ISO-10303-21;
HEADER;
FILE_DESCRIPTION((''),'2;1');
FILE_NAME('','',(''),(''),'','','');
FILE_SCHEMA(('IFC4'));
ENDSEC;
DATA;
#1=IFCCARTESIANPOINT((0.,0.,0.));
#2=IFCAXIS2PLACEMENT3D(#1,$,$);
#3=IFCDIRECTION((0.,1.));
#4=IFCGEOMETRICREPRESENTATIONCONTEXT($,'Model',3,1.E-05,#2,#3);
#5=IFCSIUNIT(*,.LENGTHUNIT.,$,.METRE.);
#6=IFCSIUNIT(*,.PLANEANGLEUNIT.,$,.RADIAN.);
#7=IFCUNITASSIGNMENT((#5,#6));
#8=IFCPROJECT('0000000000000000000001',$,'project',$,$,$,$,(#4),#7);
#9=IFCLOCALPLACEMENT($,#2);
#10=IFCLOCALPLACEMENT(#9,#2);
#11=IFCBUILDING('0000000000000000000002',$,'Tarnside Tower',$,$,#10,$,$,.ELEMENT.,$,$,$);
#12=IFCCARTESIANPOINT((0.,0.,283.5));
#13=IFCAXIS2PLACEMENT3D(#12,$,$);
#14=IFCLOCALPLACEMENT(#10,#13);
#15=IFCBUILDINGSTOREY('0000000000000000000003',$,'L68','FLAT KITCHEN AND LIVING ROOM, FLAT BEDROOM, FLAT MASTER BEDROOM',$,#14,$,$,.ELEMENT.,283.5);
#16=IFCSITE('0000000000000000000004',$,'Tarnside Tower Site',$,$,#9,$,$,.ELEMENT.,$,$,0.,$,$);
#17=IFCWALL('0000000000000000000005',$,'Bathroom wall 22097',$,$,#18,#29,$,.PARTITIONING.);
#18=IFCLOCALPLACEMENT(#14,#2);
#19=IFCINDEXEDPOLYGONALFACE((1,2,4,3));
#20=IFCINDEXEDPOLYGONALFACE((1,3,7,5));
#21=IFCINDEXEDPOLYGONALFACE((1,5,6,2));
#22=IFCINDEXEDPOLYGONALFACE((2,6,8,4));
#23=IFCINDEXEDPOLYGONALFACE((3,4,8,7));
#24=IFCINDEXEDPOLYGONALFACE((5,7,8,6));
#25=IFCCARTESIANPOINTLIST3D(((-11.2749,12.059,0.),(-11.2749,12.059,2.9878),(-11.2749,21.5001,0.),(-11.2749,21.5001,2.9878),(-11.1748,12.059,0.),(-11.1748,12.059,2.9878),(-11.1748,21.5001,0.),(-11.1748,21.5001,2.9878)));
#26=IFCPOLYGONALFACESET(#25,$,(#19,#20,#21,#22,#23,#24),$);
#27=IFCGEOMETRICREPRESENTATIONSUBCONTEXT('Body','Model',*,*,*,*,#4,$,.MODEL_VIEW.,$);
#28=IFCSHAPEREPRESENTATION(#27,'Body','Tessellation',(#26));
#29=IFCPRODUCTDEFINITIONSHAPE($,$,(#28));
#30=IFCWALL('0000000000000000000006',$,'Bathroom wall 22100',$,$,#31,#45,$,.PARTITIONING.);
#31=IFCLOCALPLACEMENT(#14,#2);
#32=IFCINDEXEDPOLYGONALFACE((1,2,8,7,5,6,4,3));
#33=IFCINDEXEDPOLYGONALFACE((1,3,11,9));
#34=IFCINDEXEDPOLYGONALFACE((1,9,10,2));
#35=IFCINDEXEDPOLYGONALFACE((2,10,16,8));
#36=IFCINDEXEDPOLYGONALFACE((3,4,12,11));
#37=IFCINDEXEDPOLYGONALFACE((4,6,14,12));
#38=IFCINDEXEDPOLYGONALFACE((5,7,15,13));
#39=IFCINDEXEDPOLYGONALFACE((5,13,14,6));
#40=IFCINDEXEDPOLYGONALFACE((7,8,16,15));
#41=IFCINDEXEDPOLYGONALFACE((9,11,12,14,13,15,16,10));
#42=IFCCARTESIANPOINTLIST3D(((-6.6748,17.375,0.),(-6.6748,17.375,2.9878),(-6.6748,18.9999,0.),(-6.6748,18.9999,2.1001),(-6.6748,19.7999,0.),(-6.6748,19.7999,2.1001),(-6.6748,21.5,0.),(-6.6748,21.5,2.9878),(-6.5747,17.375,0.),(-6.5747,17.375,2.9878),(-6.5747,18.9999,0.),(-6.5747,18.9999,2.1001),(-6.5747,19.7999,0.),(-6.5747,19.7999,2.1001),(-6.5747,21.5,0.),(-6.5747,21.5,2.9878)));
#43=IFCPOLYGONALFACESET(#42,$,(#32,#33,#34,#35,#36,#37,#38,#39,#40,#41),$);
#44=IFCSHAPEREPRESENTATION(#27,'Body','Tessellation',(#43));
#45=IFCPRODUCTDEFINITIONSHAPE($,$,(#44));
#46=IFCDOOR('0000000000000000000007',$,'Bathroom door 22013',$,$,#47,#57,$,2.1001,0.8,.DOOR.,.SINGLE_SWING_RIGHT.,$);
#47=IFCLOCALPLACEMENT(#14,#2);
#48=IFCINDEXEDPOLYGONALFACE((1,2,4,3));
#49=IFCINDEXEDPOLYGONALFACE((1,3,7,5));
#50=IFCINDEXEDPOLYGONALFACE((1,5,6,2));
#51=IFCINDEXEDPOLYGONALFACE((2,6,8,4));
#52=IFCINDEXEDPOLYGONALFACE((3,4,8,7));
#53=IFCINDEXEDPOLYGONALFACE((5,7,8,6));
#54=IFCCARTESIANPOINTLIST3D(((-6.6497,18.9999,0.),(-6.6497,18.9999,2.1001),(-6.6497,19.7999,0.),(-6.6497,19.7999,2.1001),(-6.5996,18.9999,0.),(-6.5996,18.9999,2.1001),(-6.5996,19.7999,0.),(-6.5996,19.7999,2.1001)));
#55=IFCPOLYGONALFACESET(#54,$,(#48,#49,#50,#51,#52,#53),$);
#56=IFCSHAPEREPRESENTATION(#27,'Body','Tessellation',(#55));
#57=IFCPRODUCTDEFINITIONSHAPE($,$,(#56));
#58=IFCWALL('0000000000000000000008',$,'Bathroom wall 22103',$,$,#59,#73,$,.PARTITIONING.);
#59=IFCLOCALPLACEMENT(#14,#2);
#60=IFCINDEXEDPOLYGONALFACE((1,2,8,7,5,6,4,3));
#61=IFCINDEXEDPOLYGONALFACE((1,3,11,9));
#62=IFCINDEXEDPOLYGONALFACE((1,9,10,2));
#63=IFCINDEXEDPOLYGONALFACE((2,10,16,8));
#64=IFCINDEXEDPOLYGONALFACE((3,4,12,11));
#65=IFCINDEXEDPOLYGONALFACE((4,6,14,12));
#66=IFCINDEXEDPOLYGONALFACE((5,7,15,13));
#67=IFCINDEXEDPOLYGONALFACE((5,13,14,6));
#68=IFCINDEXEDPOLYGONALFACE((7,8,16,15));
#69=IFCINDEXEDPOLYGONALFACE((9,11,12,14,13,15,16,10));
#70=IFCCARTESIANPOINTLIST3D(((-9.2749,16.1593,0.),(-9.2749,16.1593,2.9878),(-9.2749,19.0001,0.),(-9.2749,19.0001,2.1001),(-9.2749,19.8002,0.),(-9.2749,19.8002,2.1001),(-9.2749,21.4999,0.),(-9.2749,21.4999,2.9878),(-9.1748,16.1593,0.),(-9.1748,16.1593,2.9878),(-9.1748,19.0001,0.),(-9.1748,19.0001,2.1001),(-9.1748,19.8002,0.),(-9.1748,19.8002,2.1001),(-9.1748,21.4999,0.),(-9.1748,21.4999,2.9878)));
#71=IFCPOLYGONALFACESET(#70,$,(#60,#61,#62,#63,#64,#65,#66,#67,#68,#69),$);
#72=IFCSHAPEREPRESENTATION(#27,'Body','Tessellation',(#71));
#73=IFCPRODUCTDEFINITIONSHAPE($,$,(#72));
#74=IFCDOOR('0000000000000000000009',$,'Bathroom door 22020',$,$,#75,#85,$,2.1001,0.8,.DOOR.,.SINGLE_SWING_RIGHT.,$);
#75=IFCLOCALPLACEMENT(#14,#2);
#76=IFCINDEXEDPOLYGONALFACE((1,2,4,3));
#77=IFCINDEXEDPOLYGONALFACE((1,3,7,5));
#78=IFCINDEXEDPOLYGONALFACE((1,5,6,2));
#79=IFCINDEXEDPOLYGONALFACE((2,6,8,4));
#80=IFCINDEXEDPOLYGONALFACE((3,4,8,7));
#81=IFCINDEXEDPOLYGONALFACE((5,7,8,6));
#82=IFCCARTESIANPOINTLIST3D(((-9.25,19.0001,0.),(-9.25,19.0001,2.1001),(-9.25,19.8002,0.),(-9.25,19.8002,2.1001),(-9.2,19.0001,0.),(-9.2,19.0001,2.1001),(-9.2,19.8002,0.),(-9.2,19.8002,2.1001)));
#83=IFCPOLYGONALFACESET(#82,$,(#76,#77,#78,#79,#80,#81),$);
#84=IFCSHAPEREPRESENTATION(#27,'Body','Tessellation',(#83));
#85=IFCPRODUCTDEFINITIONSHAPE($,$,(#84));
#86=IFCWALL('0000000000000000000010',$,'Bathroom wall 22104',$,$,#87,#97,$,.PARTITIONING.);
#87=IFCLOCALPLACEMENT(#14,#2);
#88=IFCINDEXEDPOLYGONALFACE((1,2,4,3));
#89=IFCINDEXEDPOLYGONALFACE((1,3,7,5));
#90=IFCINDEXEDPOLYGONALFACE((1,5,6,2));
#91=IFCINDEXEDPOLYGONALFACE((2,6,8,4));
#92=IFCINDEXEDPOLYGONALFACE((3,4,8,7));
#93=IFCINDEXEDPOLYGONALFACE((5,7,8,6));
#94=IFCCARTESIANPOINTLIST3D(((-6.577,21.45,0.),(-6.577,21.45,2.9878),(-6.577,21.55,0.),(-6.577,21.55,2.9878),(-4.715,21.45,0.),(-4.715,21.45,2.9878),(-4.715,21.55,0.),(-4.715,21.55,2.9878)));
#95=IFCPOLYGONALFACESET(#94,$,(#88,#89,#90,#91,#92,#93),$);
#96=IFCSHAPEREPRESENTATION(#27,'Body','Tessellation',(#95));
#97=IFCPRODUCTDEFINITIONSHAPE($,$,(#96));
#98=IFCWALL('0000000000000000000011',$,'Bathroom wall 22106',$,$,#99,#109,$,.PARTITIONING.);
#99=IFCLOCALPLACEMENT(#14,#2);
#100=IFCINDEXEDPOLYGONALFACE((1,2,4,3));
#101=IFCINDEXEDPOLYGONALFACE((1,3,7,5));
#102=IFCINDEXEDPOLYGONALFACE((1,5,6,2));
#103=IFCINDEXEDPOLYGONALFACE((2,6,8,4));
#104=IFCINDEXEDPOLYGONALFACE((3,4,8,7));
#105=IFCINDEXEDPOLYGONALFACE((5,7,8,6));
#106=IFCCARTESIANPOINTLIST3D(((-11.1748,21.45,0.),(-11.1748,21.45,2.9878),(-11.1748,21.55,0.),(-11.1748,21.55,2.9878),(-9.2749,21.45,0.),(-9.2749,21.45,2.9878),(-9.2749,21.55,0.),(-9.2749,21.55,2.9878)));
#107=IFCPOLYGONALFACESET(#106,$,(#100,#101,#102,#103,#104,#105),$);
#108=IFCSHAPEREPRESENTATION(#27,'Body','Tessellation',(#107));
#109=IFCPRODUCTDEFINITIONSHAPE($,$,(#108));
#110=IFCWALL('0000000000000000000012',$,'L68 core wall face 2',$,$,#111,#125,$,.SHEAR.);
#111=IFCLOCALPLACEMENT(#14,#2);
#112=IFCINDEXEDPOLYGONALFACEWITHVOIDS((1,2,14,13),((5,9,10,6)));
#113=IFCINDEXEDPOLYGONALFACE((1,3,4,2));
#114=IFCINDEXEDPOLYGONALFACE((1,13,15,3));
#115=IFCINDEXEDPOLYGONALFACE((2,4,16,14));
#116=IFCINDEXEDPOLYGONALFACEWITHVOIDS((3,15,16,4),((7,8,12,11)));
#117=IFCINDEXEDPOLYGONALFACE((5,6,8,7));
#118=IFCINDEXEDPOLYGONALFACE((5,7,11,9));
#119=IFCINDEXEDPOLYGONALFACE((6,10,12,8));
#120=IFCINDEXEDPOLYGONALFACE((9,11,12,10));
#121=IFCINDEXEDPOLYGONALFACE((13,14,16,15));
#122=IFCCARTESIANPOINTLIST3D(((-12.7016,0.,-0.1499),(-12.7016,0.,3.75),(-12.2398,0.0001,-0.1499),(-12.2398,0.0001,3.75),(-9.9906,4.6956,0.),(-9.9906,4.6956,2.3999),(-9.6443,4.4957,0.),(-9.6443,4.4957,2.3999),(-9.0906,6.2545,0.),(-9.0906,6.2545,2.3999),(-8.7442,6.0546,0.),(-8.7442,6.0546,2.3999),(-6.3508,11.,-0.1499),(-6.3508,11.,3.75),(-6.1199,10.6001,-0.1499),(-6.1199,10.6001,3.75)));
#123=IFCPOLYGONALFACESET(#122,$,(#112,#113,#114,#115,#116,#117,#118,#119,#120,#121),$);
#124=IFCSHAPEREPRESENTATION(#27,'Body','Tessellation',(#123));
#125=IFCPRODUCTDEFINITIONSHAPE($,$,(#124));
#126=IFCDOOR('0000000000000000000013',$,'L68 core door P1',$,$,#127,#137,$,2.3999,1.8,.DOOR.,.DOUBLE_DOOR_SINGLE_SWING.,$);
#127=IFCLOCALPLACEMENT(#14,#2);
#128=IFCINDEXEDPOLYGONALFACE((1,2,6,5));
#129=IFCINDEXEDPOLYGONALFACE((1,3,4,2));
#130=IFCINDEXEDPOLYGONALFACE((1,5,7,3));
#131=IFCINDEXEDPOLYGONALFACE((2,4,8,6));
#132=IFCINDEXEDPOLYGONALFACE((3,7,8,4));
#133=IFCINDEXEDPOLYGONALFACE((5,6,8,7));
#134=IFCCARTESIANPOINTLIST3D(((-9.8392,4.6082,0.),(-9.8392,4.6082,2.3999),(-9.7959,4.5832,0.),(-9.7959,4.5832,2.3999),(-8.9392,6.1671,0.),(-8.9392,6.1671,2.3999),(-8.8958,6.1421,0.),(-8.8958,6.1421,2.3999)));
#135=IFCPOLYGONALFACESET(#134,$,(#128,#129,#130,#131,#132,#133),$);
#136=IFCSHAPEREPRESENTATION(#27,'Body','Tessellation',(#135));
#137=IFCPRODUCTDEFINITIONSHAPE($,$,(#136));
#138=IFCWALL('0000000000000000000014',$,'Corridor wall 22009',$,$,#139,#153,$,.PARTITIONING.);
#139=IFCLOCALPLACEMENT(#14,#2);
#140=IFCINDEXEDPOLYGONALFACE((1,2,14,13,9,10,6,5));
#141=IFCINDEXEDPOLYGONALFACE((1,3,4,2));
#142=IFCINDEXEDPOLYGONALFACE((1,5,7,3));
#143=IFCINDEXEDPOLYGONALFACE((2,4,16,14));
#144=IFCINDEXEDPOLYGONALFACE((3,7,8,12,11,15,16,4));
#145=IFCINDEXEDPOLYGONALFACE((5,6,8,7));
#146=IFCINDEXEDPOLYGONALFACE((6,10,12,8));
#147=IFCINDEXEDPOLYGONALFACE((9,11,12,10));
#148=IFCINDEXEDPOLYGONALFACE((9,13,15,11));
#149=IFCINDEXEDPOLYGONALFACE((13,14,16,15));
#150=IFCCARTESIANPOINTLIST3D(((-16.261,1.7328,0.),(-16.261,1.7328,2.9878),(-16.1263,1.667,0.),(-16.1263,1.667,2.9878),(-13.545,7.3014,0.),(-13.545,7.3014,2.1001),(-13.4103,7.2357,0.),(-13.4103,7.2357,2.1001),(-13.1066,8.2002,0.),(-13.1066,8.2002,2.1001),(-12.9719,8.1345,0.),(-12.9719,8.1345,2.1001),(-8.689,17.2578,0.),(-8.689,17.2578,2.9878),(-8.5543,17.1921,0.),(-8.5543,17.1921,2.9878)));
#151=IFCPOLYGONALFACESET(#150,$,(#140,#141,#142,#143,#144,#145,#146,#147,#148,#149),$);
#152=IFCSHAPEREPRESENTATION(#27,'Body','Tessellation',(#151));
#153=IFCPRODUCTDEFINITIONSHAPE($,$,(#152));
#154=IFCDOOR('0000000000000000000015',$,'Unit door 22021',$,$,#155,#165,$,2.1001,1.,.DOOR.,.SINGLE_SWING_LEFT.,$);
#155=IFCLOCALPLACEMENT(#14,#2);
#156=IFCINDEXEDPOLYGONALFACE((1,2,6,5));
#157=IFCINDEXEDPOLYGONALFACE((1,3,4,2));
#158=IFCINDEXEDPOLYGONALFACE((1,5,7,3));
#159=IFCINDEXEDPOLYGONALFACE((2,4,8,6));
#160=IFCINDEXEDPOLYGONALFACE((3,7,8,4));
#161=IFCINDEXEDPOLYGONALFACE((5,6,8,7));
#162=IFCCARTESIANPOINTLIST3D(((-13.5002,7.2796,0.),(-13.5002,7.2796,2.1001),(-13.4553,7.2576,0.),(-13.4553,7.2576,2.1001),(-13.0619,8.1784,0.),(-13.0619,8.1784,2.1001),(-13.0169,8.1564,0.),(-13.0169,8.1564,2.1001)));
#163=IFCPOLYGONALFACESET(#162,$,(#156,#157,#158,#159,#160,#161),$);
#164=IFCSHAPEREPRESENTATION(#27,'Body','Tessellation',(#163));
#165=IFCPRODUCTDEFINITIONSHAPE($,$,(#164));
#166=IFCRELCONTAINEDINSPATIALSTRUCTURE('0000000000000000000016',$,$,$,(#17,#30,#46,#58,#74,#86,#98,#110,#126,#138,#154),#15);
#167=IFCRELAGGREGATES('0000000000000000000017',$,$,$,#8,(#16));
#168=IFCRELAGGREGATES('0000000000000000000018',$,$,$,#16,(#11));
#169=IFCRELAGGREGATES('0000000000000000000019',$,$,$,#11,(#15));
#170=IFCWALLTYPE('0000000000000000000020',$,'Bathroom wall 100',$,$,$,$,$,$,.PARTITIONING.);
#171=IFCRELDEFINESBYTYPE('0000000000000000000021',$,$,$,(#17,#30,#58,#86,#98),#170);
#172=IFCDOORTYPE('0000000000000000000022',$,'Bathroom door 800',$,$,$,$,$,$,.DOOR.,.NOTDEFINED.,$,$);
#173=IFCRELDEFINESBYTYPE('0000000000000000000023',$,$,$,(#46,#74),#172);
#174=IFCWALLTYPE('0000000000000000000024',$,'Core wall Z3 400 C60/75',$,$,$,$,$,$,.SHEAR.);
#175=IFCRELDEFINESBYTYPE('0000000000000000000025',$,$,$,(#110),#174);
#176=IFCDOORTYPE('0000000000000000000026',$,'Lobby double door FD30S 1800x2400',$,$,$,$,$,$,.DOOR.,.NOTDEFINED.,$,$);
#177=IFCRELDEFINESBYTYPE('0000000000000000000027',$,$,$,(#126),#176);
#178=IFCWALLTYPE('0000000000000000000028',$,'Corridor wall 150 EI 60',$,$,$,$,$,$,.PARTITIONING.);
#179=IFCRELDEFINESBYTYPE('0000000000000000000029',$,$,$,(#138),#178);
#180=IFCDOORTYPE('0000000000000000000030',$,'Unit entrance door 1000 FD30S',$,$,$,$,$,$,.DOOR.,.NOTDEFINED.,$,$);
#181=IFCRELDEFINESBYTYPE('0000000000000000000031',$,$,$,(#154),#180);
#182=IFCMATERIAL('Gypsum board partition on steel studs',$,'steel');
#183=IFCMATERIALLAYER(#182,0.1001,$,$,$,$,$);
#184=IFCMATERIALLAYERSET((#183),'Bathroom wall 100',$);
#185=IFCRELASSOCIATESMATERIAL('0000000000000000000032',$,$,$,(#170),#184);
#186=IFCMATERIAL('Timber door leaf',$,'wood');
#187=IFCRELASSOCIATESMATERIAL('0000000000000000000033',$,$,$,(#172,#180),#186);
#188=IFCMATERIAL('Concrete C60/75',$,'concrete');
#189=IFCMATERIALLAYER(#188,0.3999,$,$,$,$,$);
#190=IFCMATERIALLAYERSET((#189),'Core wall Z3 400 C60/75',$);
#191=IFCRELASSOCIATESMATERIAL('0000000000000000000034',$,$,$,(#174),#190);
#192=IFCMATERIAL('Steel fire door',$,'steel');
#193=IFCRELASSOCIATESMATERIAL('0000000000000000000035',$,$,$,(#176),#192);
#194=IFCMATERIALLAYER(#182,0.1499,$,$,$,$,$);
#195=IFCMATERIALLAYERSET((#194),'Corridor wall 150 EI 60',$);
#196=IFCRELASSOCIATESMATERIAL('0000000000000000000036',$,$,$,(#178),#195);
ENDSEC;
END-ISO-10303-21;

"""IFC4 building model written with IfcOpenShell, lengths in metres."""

from ifc_helpers import new_model, si_unit, direction, frame, frame_2d, origin, place, context, subcontext, project, spatial, polyline, rectangle, outline, extrude, material, layer, layer_set, type_object, element, fill, save


model = new_model("IFC4")

# Units and contexts
model_context = context("Model", 3, precision=1e-05, world=origin(), true_north=direction((0.0, 1.0)))
body_context = subcontext(model_context, "Body", "Model", "MODEL_VIEW")
ifc_project = project(units=[si_unit("LENGTHUNIT", "METRE"), si_unit("PLANEANGLEUNIT", "RADIAN")], contexts=[model_context])

# Site, building, storey
site_placement = place(None, origin())
site = spatial("IfcSite", under=ifc_project, at=site_placement, Name="Tarnside Tower Site", CompositionType="ELEMENT", RefElevation=0.0)
building_placement = place(site_placement, origin())
building = spatial("IfcBuilding", under=site, at=building_placement, Name="Tarnside Tower", CompositionType="ELEMENT")
storey_placement = place(building_placement, frame((0.0, 0.0, 283.5)))
storey = spatial("IfcBuildingStorey", under=building, at=storey_placement, Name="L68", Description="FLAT KITCHEN AND LIVING ROOM, FLAT BEDROOM, FLAT MASTER BEDROOM", CompositionType="ELEMENT", Elevation=283.5)

# Wall
ifc_material_1 = material(Name="Gypsum board partition on steel studs", Category="steel")
ifc_layer_1 = layer(ifc_material_1, 0.1001)
ifc_layer_set_1 = layer_set([ifc_layer_1], Name="Bathroom wall 100")
wall_type_1 = type_object("IfcWallType", Name="Bathroom wall 100", PredefinedType="PARTITIONING", material=ifc_layer_set_1)
wall_1_placement = place(storey_placement, frame((-11.2249, 12.0588, 0.0), z_axis=(0.0, 0.0, 1.0), x_axis=(0.0, 1.0, 0.0)))
element("IfcWall", 1, at=wall_1_placement, inside=storey, type_object=wall_type_1, Name="Bathroom wall 22097", PredefinedType="PARTITIONING", context=body_context, shape_type="SweptSolid", body=[
    extrude(rectangle(XDim=9.4412, YDim=0.1001, at=frame_2d((4.7207, 0.0))), origin(), (0.0, 0.0, 1.0), 2.9878),
])

# Walls, openings, doors
wall_2_placement = place(storey_placement, frame((-6.6248, 17.375, 0.0), z_axis=(0.0, 0.0, 1.0), x_axis=(0.0, 1.0, 0.0)))
wall_2 = element("IfcWall", 2, at=wall_2_placement, inside=storey, type_object=wall_type_1, Name="Bathroom wall 22100", PredefinedType="PARTITIONING", context=body_context, shape_type="SweptSolid", body=[
    extrude(rectangle(XDim=4.125, YDim=0.1001, at=frame_2d((2.0625, 0.0))), origin(), (0.0, 0.0, 1.0), 2.9878),
])
opening_1_placement = place(wall_2_placement, frame((1.625, 0.0, 0.0)))
opening_1 = element("IfcOpeningElement", 3, at=opening_1_placement, cuts=wall_2, PredefinedType="OPENING", context=body_context, shape_type="SweptSolid", body=[
    extrude(rectangle(XDim=0.8, YDim=2.1001, at=frame_2d((0.3999, 1.05))), frame((0.0, 0.0601, 0.0), z_axis=(0.0, -1.0, 0.0), x_axis=(1.0, 0.0, 0.0)), (0.0, 0.0, 1.0), 0.1201),
])
ifc_material_2 = material(Name="Timber door leaf", Category="wood")
door_type_1 = type_object("IfcDoorType", Name="Bathroom door 800", OperationType="NOTDEFINED", PredefinedType="DOOR", material=ifc_material_2)
door_1_placement = place(opening_1_placement, origin())
door_1 = element("IfcDoor", 4, at=door_1_placement, inside=storey, type_object=door_type_1, Name="Bathroom door 22013", OperationType="SINGLE_SWING_RIGHT", OverallHeight=2.1001, OverallWidth=0.8, PredefinedType="DOOR", context=body_context, shape_type="SweptSolid", body=[
    extrude(rectangle(XDim=0.8, YDim=2.1001, at=frame_2d((0.3999, 1.05))), frame((0.0, 0.0249, 0.0), z_axis=(0.0, -1.0, 0.0), x_axis=(1.0, 0.0, 0.0)), (0.0, 0.0, 1.0), 0.05),
])
fill(opening_1, door_1)
wall_3_placement = place(storey_placement, frame((-9.2249, 21.5, 0.0), z_axis=(0.0, 0.0, 1.0), x_axis=(0.0, -1.0, 0.0)))
wall_3 = element("IfcWall", 5, at=wall_3_placement, inside=storey, type_object=wall_type_1, Name="Bathroom wall 22103", PredefinedType="PARTITIONING", context=body_context, shape_type="SweptSolid", body=[
    extrude(rectangle(XDim=5.3406, YDim=0.1001, at=frame_2d((2.6704, 0.0))), origin(), (0.0, 0.0, 1.0), 2.9878),
])
opening_2_placement = place(wall_3_placement, frame((1.7, 0.0, 0.0)))
opening_2 = element("IfcOpeningElement", 6, at=opening_2_placement, cuts=wall_3, PredefinedType="OPENING", context=body_context, shape_type="SweptSolid", body=[
    extrude(rectangle(XDim=0.8, YDim=2.1001, at=frame_2d((0.3999, 1.05))), frame((0.0, 0.0601, 0.0), z_axis=(0.0, -1.0, 0.0), x_axis=(1.0, 0.0, 0.0)), (0.0, 0.0, 1.0), 0.1201),
])
door_2_placement = place(opening_2_placement, origin())
door_2 = element("IfcDoor", 7, at=door_2_placement, inside=storey, type_object=door_type_1, Name="Bathroom door 22020", OperationType="SINGLE_SWING_RIGHT", OverallHeight=2.1001, OverallWidth=0.8, PredefinedType="DOOR", context=body_context, shape_type="SweptSolid", body=[
    extrude(rectangle(XDim=0.8, YDim=2.1001, at=frame_2d((0.3999, 1.05))), frame((0.0, 0.0249, 0.0), z_axis=(0.0, -1.0, 0.0), x_axis=(1.0, 0.0, 0.0)), (0.0, 0.0, 1.0), 0.05),
])
fill(opening_2, door_2)

# Walls
wall_4_placement = place(storey_placement, frame((-4.7148, 21.5, 0.0), z_axis=(0.0, 0.0, 1.0), x_axis=(-1.0, 0.0, 0.0)))
element("IfcWall", 8, at=wall_4_placement, inside=storey, type_object=wall_type_1, Name="Bathroom wall 22104", PredefinedType="PARTITIONING", context=body_context, shape_type="SweptSolid", body=[
    extrude(rectangle(XDim=1.8621, YDim=0.1001, at=frame_2d((0.9312, 0.0))), origin(), (0.0, 0.0, 1.0), 2.9878),
])
wall_5_placement = place(storey_placement, frame((-11.1748, 21.5, 0.0), z_axis=(0.0, 0.0, 1.0), x_axis=(1.0, 0.0, 0.0)))
element("IfcWall", 9, at=wall_5_placement, inside=storey, type_object=wall_type_1, Name="Bathroom wall 22106", PredefinedType="PARTITIONING", context=body_context, shape_type="SweptSolid", body=[
    extrude(rectangle(XDim=1.8999, YDim=0.1001, at=frame_2d((0.95, 0.0))), origin(), (0.0, 0.0, 1.0), 2.9878),
])

# Walls, openings, doors
ifc_material_3 = material(Name="Concrete C60/75", Category="concrete")
ifc_layer_2 = layer(ifc_material_3, 0.3999)
ifc_layer_set_2 = layer_set([ifc_layer_2], Name="Core wall Z3 400 C60/75")
wall_type_2 = type_object("IfcWallType", Name="Core wall Z3 400 C60/75", PredefinedType="SHEAR", material=ifc_layer_set_2)
wall_6_placement = place(storey_placement, frame((-6.2354, 10.8, -0.1499), z_axis=(0.0, 0.0, 1.0), x_axis=(-0.499996, -0.866027, 0.0)))
wall_6 = element("IfcWall", 10, at=wall_6_placement, inside=storey, type_object=wall_type_2, Name="L68 core wall face 2", PredefinedType="SHEAR", context=body_context, shape_type="SweptSolid", body=[
    extrude(outline(polyline([(-0.1155, -0.2), (12.5862, -0.2), (12.3552, 0.2), (0.1155, 0.2), (-0.1155, -0.2)])), origin(), (0.0, 0.0, 1.0), 3.8999),
])
opening_3_placement = place(wall_6_placement, frame((5.3643, 0.0, 0.1499)))
opening_3 = element("IfcOpeningElement", 11, at=opening_3_placement, cuts=wall_6, PredefinedType="OPENING", context=body_context, shape_type="SweptSolid", body=[
    extrude(rectangle(XDim=1.8, YDim=2.3999, at=frame_2d((0.8999, 1.2))), frame((0.0, 0.21, 0.0), z_axis=(0.0, -1.0, 0.0), x_axis=(1.0, 0.0, 0.0)), (0.0, 0.0, 1.0), 0.4199),
])
ifc_material_4 = material(Name="Steel fire door", Category="steel")
door_type_2 = type_object("IfcDoorType", Name="Lobby double door FD30S 1800x2400", OperationType="NOTDEFINED", PredefinedType="DOOR", material=ifc_material_4)
door_3_placement = place(opening_3_placement, origin())
door_3 = element("IfcDoor", 12, at=door_3_placement, inside=storey, type_object=door_type_2, Name="L68 core door P1", OperationType="DOUBLE_DOOR_SINGLE_SWING", OverallHeight=2.3999, OverallWidth=1.8, PredefinedType="DOOR", context=body_context, shape_type="SweptSolid", body=[
    extrude(rectangle(XDim=1.8, YDim=2.3999, at=frame_2d((0.8999, 1.2))), frame((0.0, 0.0249, 0.0), z_axis=(0.0, -1.0, 0.0), x_axis=(1.0, 0.0, 0.0)), (0.0, 0.0, 1.0), 0.05),
])
fill(opening_3, door_3)
ifc_layer_3 = layer(ifc_material_1, 0.1499)
ifc_layer_set_3 = layer_set([ifc_layer_3], Name="Corridor wall 150 EI 60")
wall_type_3 = type_object("IfcWallType", Name="Corridor wall 150 EI 60", PredefinedType="PARTITIONING", material=ifc_layer_set_3)
wall_7_placement = place(storey_placement, frame((-8.6216, 17.2251, 0.0), z_axis=(0.0, 0.0, 1.0), x_axis=(-0.438367, -0.898796, 0.0)))
wall_7 = element("IfcWall", 13, at=wall_7_placement, inside=storey, type_object=wall_type_3, Name="Corridor wall 22009", PredefinedType="PARTITIONING", context=body_context, shape_type="SweptSolid", body=[
    extrude(rectangle(XDim=17.2732, YDim=0.1499, at=frame_2d((8.6367, 0.0))), origin(), (0.0, 0.0, 1.0), 2.9878),
])
opening_4_placement = place(wall_7_placement, frame((10.0776, 0.0, 0.0)))
opening_4 = element("IfcOpeningElement", 14, at=opening_4_placement, cuts=wall_7, PredefinedType="OPENING", context=body_context, shape_type="SweptSolid", body=[
    extrude(rectangle(XDim=1.0, YDim=2.1001, at=frame_2d((0.5, 1.05))), frame((0.0, 0.085, 0.0), z_axis=(0.0, -1.0, 0.0), x_axis=(1.0, 0.0, 0.0)), (0.0, 0.0, 1.0), 0.1699),
])
door_type_3 = type_object("IfcDoorType", Name="Unit entrance door 1000 FD30S", OperationType="NOTDEFINED", PredefinedType="DOOR", material=ifc_material_2)
door_4_placement = place(opening_4_placement, origin())
door_4 = element("IfcDoor", 15, at=door_4_placement, inside=storey, type_object=door_type_3, Name="Unit door 22021", OperationType="SINGLE_SWING_LEFT", OverallHeight=2.1001, OverallWidth=1.0, PredefinedType="DOOR", context=body_context, shape_type="SweptSolid", body=[
    extrude(rectangle(XDim=1.0, YDim=2.1001, at=frame_2d((0.5, 1.05))), frame((0.0, 0.0249, 0.0), z_axis=(0.0, -1.0, 0.0), x_axis=(1.0, 0.0, 0.0)), (0.0, 0.0, 1.0), 0.05),
])
fill(opening_4, door_4)

save(model, "model.ifc")
